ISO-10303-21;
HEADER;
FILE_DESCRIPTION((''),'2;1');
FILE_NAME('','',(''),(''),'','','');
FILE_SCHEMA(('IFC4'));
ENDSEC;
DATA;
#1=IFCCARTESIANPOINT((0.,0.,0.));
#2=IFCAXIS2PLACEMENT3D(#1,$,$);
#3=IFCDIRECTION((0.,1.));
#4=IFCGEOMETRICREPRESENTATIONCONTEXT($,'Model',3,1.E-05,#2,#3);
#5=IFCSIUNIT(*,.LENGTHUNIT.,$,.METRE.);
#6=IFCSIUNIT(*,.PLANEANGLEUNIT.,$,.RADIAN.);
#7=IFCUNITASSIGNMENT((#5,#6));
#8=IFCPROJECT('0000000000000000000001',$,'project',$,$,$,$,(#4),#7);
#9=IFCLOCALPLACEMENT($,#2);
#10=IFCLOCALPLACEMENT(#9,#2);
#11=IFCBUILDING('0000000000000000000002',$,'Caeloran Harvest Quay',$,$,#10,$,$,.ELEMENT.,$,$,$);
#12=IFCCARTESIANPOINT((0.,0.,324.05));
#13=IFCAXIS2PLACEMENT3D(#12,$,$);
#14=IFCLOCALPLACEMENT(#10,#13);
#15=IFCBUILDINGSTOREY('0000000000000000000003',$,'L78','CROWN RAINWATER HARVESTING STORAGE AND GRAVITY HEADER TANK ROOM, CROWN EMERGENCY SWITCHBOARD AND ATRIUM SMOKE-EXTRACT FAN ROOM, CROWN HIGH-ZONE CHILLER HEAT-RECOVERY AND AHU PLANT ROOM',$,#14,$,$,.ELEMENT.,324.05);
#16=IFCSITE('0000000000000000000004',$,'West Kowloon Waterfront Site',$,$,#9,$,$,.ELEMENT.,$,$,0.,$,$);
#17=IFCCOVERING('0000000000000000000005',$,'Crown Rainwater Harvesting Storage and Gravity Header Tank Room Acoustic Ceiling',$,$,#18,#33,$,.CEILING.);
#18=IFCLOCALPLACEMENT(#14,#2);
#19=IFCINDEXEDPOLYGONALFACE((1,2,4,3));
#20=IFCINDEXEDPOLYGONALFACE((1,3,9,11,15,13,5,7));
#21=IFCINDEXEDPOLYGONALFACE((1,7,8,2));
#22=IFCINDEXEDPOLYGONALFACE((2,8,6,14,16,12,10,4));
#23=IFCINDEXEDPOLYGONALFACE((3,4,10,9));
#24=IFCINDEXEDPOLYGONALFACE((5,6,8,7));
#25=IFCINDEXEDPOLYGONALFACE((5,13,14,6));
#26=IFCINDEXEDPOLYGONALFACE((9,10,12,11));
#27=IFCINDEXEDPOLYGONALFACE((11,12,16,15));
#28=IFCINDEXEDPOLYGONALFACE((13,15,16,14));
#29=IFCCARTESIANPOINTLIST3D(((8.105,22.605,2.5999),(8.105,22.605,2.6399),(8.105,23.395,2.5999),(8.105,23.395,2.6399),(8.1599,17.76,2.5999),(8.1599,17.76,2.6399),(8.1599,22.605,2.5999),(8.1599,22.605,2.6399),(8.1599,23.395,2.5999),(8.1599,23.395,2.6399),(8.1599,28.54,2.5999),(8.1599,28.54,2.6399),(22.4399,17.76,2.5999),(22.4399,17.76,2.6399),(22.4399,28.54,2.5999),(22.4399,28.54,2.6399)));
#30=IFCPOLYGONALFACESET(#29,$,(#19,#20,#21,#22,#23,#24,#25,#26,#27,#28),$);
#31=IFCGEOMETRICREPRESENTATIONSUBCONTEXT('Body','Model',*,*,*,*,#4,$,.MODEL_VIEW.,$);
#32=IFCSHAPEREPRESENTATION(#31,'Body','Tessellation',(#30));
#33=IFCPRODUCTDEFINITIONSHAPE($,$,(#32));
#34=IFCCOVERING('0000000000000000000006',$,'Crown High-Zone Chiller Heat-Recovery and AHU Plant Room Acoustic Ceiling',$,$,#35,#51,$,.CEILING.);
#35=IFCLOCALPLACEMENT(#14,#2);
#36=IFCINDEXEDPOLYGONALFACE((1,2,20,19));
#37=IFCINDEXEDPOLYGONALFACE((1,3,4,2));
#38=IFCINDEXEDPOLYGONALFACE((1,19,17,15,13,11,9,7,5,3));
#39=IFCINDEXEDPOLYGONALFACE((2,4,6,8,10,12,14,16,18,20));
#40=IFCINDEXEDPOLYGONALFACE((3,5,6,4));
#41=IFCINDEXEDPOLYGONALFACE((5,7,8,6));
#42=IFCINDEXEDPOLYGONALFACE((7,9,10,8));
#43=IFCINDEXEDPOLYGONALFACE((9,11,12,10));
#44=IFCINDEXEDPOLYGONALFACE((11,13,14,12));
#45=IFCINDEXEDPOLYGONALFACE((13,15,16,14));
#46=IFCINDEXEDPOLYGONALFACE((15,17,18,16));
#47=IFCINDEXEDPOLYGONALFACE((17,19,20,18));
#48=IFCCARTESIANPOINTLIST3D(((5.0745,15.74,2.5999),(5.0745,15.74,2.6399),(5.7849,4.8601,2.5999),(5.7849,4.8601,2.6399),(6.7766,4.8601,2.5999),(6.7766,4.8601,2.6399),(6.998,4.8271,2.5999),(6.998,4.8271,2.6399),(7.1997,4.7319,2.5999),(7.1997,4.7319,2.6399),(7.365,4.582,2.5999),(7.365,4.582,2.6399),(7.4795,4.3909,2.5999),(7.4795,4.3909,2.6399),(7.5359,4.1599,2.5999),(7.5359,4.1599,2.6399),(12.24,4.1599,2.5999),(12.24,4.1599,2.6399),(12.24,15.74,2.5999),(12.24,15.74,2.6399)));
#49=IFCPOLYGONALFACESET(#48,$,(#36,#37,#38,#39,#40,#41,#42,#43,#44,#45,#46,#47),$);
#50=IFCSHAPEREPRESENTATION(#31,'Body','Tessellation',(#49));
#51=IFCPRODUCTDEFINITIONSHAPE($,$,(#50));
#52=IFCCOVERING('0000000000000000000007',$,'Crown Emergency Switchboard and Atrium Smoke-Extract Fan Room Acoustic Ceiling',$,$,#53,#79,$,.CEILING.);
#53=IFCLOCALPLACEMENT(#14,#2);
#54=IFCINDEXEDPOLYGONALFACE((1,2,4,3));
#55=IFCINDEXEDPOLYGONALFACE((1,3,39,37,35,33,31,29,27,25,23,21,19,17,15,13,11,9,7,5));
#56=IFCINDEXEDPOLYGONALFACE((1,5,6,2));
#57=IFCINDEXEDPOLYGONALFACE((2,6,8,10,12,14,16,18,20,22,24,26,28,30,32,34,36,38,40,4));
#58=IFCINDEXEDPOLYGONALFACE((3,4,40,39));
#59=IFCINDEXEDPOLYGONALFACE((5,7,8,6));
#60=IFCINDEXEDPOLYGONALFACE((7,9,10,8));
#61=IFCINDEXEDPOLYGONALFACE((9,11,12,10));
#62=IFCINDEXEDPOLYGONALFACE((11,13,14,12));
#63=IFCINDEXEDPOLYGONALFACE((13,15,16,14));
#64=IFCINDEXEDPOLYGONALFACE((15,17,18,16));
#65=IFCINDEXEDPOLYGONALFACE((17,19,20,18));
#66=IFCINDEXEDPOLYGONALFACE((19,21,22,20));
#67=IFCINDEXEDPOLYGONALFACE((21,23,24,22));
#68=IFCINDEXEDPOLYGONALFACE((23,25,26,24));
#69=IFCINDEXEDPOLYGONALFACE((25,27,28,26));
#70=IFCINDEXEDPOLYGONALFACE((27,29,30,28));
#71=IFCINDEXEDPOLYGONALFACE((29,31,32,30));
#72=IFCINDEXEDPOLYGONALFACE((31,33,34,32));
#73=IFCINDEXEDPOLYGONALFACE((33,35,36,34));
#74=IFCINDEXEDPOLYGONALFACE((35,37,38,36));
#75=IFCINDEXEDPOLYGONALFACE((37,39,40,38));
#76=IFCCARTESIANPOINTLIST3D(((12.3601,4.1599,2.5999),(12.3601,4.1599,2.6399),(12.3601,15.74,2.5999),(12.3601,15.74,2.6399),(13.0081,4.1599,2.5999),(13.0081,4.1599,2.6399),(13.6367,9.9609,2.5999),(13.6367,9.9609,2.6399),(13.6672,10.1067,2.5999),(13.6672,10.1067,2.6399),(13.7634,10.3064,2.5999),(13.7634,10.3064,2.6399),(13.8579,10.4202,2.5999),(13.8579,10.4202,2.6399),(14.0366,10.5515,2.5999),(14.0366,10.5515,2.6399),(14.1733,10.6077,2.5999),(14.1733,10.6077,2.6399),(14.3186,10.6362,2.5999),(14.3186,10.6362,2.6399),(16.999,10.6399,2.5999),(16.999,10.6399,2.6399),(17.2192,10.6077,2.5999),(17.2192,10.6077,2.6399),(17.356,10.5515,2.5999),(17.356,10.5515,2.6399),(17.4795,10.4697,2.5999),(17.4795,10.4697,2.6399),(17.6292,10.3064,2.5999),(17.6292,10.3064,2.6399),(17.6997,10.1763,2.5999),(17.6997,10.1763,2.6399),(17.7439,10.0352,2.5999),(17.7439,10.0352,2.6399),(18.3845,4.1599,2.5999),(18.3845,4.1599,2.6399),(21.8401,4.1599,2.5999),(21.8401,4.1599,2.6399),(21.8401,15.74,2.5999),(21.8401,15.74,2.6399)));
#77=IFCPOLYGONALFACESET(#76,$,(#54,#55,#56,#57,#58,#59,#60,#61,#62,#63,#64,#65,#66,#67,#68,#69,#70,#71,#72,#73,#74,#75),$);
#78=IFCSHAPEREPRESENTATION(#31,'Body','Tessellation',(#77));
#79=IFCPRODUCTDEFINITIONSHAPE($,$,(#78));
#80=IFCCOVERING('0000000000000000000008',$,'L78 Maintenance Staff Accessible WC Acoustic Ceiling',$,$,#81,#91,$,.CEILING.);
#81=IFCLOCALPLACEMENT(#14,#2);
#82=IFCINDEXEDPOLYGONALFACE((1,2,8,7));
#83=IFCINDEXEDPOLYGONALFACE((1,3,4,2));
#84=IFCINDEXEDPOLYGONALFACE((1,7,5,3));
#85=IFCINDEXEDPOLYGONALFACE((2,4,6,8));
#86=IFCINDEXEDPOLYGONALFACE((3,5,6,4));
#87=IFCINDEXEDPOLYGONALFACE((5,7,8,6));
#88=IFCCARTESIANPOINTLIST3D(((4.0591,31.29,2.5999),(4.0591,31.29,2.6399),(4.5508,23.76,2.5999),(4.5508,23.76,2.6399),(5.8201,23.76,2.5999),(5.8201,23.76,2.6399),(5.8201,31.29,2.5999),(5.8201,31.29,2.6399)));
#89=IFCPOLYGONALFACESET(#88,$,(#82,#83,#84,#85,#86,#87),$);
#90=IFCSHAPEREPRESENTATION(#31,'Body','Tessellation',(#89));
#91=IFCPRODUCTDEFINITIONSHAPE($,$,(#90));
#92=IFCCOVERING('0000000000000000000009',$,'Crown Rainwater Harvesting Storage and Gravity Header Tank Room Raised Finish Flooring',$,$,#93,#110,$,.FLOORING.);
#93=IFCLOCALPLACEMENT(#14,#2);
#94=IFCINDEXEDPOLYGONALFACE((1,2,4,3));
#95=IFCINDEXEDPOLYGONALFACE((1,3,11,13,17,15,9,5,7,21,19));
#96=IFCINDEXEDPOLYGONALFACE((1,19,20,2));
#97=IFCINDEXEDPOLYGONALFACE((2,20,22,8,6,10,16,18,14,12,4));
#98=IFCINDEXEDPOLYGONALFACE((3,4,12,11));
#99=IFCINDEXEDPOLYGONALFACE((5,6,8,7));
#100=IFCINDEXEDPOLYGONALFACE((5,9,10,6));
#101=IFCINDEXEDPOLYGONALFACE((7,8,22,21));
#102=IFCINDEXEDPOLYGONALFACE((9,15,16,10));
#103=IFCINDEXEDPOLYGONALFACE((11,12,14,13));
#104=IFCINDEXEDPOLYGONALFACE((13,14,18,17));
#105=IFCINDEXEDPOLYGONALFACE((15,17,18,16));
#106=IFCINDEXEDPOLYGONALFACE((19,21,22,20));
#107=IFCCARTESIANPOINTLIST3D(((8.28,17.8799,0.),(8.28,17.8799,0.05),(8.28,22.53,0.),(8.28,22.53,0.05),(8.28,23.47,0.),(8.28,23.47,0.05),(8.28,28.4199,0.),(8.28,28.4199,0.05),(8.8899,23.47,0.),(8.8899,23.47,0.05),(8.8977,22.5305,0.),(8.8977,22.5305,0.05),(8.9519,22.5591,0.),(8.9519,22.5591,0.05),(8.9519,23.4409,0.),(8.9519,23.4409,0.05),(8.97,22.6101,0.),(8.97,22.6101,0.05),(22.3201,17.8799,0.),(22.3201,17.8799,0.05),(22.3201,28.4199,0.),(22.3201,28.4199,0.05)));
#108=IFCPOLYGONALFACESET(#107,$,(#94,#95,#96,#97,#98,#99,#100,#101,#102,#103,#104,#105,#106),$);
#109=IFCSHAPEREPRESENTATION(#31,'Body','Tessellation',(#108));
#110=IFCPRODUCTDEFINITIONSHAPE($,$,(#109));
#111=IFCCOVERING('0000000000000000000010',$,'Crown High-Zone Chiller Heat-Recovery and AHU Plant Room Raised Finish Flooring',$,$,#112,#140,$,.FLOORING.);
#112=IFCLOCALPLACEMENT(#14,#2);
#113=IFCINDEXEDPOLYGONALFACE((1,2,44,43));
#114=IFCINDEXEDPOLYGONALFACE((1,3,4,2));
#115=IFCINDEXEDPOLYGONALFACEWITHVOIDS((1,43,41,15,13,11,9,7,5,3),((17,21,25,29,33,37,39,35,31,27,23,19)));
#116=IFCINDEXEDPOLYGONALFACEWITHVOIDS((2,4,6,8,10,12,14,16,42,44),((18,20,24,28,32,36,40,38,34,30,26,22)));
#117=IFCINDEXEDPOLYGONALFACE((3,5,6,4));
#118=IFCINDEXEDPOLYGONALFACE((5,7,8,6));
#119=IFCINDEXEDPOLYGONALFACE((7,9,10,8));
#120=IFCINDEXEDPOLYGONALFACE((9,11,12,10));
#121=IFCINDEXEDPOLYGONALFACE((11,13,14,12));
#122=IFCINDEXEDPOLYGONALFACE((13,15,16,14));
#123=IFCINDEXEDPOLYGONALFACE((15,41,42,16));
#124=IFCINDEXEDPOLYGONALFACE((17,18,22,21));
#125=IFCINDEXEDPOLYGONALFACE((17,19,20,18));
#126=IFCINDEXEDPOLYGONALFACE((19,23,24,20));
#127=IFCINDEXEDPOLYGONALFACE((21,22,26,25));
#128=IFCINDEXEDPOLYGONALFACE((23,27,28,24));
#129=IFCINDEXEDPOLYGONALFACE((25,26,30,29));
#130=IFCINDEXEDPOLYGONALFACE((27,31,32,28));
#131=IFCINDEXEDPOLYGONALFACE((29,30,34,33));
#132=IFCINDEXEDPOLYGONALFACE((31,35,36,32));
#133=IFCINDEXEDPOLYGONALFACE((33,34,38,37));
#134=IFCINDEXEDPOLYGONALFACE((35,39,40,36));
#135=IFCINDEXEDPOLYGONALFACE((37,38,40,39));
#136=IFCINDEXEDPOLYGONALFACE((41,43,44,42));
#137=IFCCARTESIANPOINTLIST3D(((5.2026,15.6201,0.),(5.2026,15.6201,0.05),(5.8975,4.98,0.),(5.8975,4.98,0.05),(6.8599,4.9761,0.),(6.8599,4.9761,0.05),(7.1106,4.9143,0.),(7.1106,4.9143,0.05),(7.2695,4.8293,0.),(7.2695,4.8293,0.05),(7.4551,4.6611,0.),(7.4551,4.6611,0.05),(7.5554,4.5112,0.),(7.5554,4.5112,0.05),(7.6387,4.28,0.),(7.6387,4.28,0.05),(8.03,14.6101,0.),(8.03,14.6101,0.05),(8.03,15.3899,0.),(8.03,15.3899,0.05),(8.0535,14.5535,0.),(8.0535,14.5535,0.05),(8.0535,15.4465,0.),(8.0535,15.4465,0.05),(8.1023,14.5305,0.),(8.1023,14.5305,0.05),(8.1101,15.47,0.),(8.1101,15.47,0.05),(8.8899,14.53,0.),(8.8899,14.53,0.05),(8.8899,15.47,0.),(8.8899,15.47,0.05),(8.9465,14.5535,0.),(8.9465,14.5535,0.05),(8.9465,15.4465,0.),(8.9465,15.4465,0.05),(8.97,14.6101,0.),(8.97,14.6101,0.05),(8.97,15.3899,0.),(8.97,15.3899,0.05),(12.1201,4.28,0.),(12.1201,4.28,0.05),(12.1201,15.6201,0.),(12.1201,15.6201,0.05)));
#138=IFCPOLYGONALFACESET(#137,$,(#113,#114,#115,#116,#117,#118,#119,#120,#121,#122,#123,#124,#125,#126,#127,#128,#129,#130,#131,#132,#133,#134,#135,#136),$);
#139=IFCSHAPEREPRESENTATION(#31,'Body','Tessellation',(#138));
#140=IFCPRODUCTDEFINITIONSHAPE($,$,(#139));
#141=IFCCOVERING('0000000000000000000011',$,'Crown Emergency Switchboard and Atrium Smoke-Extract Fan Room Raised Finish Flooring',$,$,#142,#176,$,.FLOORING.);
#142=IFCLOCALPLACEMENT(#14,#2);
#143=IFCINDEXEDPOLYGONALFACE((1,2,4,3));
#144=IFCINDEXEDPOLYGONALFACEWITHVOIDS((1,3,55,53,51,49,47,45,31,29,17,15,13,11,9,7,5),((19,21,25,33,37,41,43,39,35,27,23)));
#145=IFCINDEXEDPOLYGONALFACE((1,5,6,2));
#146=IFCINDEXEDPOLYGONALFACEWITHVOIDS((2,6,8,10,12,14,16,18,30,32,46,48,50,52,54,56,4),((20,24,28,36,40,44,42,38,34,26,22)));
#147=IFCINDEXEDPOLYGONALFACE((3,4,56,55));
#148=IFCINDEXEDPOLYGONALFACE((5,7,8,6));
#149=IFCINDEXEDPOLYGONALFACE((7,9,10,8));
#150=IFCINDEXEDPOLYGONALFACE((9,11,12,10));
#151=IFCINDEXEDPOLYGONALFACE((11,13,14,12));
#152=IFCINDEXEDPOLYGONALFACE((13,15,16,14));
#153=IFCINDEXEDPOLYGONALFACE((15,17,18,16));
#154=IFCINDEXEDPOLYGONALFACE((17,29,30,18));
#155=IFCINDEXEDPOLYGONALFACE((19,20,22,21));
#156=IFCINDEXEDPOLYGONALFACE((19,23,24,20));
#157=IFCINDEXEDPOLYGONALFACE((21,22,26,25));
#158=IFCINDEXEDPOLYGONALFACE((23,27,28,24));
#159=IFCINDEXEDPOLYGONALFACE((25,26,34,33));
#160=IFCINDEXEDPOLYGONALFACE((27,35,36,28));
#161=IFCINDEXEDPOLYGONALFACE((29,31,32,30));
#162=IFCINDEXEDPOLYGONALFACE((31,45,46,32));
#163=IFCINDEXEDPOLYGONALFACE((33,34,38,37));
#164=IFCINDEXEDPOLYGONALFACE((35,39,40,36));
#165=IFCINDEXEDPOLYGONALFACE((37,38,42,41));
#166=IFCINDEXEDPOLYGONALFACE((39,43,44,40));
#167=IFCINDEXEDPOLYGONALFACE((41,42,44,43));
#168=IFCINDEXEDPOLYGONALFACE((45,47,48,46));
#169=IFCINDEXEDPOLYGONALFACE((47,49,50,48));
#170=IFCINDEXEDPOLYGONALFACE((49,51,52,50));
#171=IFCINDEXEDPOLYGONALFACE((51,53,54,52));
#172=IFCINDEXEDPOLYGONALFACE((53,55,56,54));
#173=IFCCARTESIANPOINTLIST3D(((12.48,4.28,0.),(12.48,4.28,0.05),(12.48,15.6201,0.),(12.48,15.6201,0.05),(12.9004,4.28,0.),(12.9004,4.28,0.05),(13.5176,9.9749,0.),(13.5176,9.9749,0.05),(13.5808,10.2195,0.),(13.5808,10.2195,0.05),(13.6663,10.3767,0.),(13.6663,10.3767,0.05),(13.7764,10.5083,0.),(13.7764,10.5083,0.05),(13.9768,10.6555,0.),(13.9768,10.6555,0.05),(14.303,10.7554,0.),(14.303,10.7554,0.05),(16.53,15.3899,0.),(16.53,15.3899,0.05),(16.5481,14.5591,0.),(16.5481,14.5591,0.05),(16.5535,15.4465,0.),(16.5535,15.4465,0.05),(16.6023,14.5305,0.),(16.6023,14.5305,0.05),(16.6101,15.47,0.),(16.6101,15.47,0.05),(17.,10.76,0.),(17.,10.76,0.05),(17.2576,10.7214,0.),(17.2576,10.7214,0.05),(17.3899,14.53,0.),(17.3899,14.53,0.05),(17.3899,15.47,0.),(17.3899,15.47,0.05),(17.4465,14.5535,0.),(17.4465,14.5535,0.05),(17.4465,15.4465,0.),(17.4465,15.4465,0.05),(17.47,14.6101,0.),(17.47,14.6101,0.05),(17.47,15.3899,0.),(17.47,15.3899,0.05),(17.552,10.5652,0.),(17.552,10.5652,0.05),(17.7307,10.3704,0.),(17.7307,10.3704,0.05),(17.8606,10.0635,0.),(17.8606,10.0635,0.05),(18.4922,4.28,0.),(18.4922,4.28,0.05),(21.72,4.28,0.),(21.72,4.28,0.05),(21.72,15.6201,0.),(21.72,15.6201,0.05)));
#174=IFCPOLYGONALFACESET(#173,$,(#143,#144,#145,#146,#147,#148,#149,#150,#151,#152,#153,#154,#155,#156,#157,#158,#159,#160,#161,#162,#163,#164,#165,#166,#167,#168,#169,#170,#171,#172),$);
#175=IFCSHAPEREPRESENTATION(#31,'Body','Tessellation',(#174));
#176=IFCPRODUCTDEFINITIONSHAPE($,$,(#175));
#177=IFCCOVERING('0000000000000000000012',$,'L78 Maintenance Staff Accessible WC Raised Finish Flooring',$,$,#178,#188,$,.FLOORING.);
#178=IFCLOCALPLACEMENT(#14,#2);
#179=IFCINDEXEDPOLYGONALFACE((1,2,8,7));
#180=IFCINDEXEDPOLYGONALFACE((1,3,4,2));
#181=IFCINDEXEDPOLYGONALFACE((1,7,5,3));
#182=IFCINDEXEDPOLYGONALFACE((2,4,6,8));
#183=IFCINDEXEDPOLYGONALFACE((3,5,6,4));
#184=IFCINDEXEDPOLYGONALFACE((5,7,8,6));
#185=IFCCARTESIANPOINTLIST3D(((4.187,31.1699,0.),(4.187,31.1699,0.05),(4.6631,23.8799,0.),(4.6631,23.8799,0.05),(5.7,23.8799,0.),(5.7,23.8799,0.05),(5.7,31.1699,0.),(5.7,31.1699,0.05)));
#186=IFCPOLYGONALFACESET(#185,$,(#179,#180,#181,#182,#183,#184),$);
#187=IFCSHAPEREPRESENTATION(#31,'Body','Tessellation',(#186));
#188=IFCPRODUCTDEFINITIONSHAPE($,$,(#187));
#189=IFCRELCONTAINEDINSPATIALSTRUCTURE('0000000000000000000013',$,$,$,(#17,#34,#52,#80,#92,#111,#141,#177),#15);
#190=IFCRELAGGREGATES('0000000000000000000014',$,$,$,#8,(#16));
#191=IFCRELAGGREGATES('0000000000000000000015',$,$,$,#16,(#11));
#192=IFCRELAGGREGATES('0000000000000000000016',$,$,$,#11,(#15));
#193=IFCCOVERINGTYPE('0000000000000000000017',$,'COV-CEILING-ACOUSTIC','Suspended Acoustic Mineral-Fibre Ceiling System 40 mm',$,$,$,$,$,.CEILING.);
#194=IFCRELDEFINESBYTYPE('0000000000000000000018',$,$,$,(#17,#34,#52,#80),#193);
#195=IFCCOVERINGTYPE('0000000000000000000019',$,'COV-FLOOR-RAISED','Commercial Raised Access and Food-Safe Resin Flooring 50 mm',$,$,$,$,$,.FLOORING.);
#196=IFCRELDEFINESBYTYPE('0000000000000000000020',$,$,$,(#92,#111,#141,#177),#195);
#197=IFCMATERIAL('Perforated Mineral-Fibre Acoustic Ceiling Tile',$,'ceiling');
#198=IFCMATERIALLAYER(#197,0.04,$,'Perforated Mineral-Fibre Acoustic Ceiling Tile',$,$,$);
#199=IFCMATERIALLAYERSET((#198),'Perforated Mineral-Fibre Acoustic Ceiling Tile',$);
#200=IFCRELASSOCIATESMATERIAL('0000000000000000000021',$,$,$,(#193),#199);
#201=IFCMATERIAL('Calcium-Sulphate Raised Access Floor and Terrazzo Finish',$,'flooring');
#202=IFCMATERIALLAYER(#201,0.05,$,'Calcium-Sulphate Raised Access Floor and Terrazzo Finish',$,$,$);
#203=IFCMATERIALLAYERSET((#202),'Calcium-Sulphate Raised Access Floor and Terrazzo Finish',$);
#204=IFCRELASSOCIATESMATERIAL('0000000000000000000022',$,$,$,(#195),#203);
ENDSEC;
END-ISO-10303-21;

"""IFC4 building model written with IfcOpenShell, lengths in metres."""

from ifc_helpers import new_model, si_unit, direction, frame, origin, place, context, subcontext, project, spatial, polyline, outline, extrude, material, layer, layer_set, type_object, element, save


model = new_model("IFC4")

# Units and contexts
model_context = context("Model", 3, precision=1e-05, world=origin(), true_north=direction((0.0, 1.0)))
body_context = subcontext(model_context, "Body", "Model", "MODEL_VIEW")
ifc_project = project(units=[si_unit("LENGTHUNIT", "METRE"), si_unit("PLANEANGLEUNIT", "RADIAN")], contexts=[model_context])

# Site, building, storey
site_placement = place(None, origin())
site = spatial("IfcSite", under=ifc_project, at=site_placement, Name="West Kowloon Waterfront Site", CompositionType="ELEMENT", RefElevation=0.0)
building_placement = place(site_placement, origin())
building = spatial("IfcBuilding", under=site, at=building_placement, Name="Caeloran Harvest Quay", CompositionType="ELEMENT")
storey_placement = place(building_placement, frame((0.0, 0.0, 324.05)))
storey = spatial("IfcBuildingStorey", under=building, at=storey_placement, Name="L78", Description="CROWN RAINWATER HARVESTING STORAGE AND GRAVITY HEADER TANK ROOM, CROWN EMERGENCY SWITCHBOARD AND ATRIUM SMOKE-EXTRACT FAN ROOM, CROWN HIGH-ZONE CHILLER HEAT-RECOVERY AND AHU PLANT ROOM", CompositionType="ELEMENT", Elevation=324.05)

# Coverings
ifc_material_1 = material(Name="Perforated Mineral-Fibre Acoustic Ceiling Tile", Category="ceiling")
ifc_layer_1 = layer(ifc_material_1, 0.04, Name="Perforated Mineral-Fibre Acoustic Ceiling Tile")
ifc_layer_set_1 = layer_set([ifc_layer_1], Name="Perforated Mineral-Fibre Acoustic Ceiling Tile")
covering_type_1 = type_object("IfcCoveringType", Name="COV-CEILING-ACOUSTIC", Description="Suspended Acoustic Mineral-Fibre Ceiling System 40 mm", PredefinedType="CEILING", material=ifc_layer_set_1)
covering_1_placement = place(storey_placement, frame((0.0, 0.0, 2.5999)))
element("IfcCovering", 1, at=covering_1_placement, inside=storey, type_object=covering_type_1, Name="Crown Rainwater Harvesting Storage and Gravity Header Tank Room Acoustic Ceiling", PredefinedType="CEILING", context=body_context, shape_type="SweptSolid", body=[
    extrude(outline(polyline([(8.105, 22.605), (8.105, 23.395), (8.1599, 23.395), (8.1599, 28.54), (22.4399, 28.54), (22.4399, 17.76), (8.1599, 17.76), (8.1599, 22.605), (8.105, 22.605)])), origin(), (0.0, 0.0, 1.0), 0.04),
])
covering_2_placement = place(storey_placement, frame((0.0, 0.0, 2.5999)))
element("IfcCovering", 2, at=covering_2_placement, inside=storey, type_object=covering_type_1, Name="Crown High-Zone Chiller Heat-Recovery and AHU Plant Room Acoustic Ceiling", PredefinedType="CEILING", context=body_context, shape_type="SweptSolid", body=[
    extrude(outline(polyline([(7.5359, 4.1599), (7.4795, 4.3909), (7.365, 4.582), (7.1997, 4.7319), (6.998, 4.8271), (6.7766, 4.8601), (5.7849, 4.8601), (5.0745, 15.74), (12.24, 15.74), (12.24, 4.1599), (7.5359, 4.1599)])), origin(), (0.0, 0.0, 1.0), 0.04),
])
covering_3_placement = place(storey_placement, frame((0.0, 0.0, 2.5999)))
element("IfcCovering", 3, at=covering_3_placement, inside=storey, type_object=covering_type_1, Name="Crown Emergency Switchboard and Atrium Smoke-Extract Fan Room Acoustic Ceiling", PredefinedType="CEILING", context=body_context, shape_type="SweptSolid", body=[
    extrude(outline(polyline([(21.8401, 4.1599), (18.3845, 4.1599), (17.7439, 10.0352), (17.6997, 10.1763), (17.6292, 10.3064), (17.4795, 10.4697), (17.356, 10.5515), (17.2192, 10.6077), (16.999, 10.6399), (14.3186, 10.6362), (14.1733, 10.6077), (14.0366, 10.5515), (13.8579, 10.4202), (13.7634, 10.3064), (13.6672, 10.1067), (13.6367, 9.9609), (13.0081, 4.1599), (12.3601, 4.1599), (12.3601, 15.74), (21.8401, 15.74), (21.8401, 4.1599)])), origin(), (0.0, 0.0, 1.0), 0.04),
])
covering_4_placement = place(storey_placement, frame((0.0, 0.0, 2.5999)))
element("IfcCovering", 4, at=covering_4_placement, inside=storey, type_object=covering_type_1, Name="L78 Maintenance Staff Accessible WC Acoustic Ceiling", PredefinedType="CEILING", context=body_context, shape_type="SweptSolid", body=[
    extrude(outline(polyline([(4.5508, 23.76), (4.0591, 31.29), (5.8201, 31.29), (5.8201, 23.76), (4.5508, 23.76)])), origin(), (0.0, 0.0, 1.0), 0.04),
])
ifc_material_2 = material(Name="Calcium-Sulphate Raised Access Floor and Terrazzo Finish", Category="flooring")
ifc_layer_2 = layer(ifc_material_2, 0.05, Name="Calcium-Sulphate Raised Access Floor and Terrazzo Finish")
ifc_layer_set_2 = layer_set([ifc_layer_2], Name="Calcium-Sulphate Raised Access Floor and Terrazzo Finish")
covering_type_2 = type_object("IfcCoveringType", Name="COV-FLOOR-RAISED", Description="Commercial Raised Access and Food-Safe Resin Flooring 50 mm", PredefinedType="FLOORING", material=ifc_layer_set_2)
covering_5_placement = place(storey_placement, origin())
element("IfcCovering", 5, at=covering_5_placement, inside=storey, type_object=covering_type_2, Name="Crown Rainwater Harvesting Storage and Gravity Header Tank Room Raised Finish Flooring", PredefinedType="FLOORING", context=body_context, shape_type="SweptSolid", body=[
    extrude(outline(polyline([(22.3201, 28.4199), (22.3201, 17.8799), (8.28, 17.8799), (8.28, 22.53), (8.8977, 22.5305), (8.9519, 22.5591), (8.97, 22.6101), (8.9519, 23.4409), (8.8899, 23.47), (8.28, 23.47), (8.28, 28.4199), (22.3201, 28.4199)])), origin(), (0.0, 0.0, 1.0), 0.05),
])
covering_6_placement = place(storey_placement, origin())
element("IfcCovering", 6, at=covering_6_placement, inside=storey, type_object=covering_type_2, Name="Crown High-Zone Chiller Heat-Recovery and AHU Plant Room Raised Finish Flooring", PredefinedType="FLOORING", context=body_context, shape_type="SweptSolid", body=[
    extrude(outline(polyline([(7.6387, 4.28), (7.5554, 4.5112), (7.4551, 4.6611), (7.2695, 4.8293), (7.1106, 4.9143), (6.8599, 4.9761), (5.8975, 4.98), (5.2026, 15.6201), (12.1201, 15.6201), (12.1201, 4.28), (7.6387, 4.28)]), holes=[polyline([(8.03, 14.6101), (8.0535, 14.5535), (8.1023, 14.5305), (8.8899, 14.53), (8.9465, 14.5535), (8.97, 14.6101), (8.97, 15.3899), (8.9465, 15.4465), (8.8899, 15.47), (8.1101, 15.47), (8.0535, 15.4465), (8.03, 15.3899), (8.03, 14.6101)])]), origin(), (0.0, 0.0, 1.0), 0.05),
])
covering_7_placement = place(storey_placement, origin())
element("IfcCovering", 7, at=covering_7_placement, inside=storey, type_object=covering_type_2, Name="Crown Emergency Switchboard and Atrium Smoke-Extract Fan Room Raised Finish Flooring", PredefinedType="FLOORING", context=body_context, shape_type="SweptSolid", body=[
    extrude(outline(polyline([(21.72, 15.6201), (21.72, 4.28), (18.4922, 4.28), (17.8606, 10.0635), (17.7307, 10.3704), (17.552, 10.5652), (17.2576, 10.7214), (17.0, 10.76), (14.303, 10.7554), (13.9768, 10.6555), (13.7764, 10.5083), (13.6663, 10.3767), (13.5808, 10.2195), (13.5176, 9.9749), (12.9004, 4.28), (12.48, 4.28), (12.48, 15.6201), (21.72, 15.6201)]), holes=[polyline([(16.53, 15.3899), (16.5481, 14.5591), (16.6023, 14.5305), (17.3899, 14.53), (17.4465, 14.5535), (17.47, 14.6101), (17.47, 15.3899), (17.4465, 15.4465), (17.3899, 15.47), (16.6101, 15.47), (16.5535, 15.4465), (16.53, 15.3899)])]), origin(), (0.0, 0.0, 1.0), 0.05),
])
covering_8_placement = place(storey_placement, origin())
element("IfcCovering", 8, at=covering_8_placement, inside=storey, type_object=covering_type_2, Name="L78 Maintenance Staff Accessible WC Raised Finish Flooring", PredefinedType="FLOORING", context=body_context, shape_type="SweptSolid", body=[
    extrude(outline(polyline([(4.6631, 23.8799), (4.187, 31.1699), (5.7, 31.1699), (5.7, 23.8799), (4.6631, 23.8799)])), origin(), (0.0, 0.0, 1.0), 0.05),
])

save(model, "model.ifc")
